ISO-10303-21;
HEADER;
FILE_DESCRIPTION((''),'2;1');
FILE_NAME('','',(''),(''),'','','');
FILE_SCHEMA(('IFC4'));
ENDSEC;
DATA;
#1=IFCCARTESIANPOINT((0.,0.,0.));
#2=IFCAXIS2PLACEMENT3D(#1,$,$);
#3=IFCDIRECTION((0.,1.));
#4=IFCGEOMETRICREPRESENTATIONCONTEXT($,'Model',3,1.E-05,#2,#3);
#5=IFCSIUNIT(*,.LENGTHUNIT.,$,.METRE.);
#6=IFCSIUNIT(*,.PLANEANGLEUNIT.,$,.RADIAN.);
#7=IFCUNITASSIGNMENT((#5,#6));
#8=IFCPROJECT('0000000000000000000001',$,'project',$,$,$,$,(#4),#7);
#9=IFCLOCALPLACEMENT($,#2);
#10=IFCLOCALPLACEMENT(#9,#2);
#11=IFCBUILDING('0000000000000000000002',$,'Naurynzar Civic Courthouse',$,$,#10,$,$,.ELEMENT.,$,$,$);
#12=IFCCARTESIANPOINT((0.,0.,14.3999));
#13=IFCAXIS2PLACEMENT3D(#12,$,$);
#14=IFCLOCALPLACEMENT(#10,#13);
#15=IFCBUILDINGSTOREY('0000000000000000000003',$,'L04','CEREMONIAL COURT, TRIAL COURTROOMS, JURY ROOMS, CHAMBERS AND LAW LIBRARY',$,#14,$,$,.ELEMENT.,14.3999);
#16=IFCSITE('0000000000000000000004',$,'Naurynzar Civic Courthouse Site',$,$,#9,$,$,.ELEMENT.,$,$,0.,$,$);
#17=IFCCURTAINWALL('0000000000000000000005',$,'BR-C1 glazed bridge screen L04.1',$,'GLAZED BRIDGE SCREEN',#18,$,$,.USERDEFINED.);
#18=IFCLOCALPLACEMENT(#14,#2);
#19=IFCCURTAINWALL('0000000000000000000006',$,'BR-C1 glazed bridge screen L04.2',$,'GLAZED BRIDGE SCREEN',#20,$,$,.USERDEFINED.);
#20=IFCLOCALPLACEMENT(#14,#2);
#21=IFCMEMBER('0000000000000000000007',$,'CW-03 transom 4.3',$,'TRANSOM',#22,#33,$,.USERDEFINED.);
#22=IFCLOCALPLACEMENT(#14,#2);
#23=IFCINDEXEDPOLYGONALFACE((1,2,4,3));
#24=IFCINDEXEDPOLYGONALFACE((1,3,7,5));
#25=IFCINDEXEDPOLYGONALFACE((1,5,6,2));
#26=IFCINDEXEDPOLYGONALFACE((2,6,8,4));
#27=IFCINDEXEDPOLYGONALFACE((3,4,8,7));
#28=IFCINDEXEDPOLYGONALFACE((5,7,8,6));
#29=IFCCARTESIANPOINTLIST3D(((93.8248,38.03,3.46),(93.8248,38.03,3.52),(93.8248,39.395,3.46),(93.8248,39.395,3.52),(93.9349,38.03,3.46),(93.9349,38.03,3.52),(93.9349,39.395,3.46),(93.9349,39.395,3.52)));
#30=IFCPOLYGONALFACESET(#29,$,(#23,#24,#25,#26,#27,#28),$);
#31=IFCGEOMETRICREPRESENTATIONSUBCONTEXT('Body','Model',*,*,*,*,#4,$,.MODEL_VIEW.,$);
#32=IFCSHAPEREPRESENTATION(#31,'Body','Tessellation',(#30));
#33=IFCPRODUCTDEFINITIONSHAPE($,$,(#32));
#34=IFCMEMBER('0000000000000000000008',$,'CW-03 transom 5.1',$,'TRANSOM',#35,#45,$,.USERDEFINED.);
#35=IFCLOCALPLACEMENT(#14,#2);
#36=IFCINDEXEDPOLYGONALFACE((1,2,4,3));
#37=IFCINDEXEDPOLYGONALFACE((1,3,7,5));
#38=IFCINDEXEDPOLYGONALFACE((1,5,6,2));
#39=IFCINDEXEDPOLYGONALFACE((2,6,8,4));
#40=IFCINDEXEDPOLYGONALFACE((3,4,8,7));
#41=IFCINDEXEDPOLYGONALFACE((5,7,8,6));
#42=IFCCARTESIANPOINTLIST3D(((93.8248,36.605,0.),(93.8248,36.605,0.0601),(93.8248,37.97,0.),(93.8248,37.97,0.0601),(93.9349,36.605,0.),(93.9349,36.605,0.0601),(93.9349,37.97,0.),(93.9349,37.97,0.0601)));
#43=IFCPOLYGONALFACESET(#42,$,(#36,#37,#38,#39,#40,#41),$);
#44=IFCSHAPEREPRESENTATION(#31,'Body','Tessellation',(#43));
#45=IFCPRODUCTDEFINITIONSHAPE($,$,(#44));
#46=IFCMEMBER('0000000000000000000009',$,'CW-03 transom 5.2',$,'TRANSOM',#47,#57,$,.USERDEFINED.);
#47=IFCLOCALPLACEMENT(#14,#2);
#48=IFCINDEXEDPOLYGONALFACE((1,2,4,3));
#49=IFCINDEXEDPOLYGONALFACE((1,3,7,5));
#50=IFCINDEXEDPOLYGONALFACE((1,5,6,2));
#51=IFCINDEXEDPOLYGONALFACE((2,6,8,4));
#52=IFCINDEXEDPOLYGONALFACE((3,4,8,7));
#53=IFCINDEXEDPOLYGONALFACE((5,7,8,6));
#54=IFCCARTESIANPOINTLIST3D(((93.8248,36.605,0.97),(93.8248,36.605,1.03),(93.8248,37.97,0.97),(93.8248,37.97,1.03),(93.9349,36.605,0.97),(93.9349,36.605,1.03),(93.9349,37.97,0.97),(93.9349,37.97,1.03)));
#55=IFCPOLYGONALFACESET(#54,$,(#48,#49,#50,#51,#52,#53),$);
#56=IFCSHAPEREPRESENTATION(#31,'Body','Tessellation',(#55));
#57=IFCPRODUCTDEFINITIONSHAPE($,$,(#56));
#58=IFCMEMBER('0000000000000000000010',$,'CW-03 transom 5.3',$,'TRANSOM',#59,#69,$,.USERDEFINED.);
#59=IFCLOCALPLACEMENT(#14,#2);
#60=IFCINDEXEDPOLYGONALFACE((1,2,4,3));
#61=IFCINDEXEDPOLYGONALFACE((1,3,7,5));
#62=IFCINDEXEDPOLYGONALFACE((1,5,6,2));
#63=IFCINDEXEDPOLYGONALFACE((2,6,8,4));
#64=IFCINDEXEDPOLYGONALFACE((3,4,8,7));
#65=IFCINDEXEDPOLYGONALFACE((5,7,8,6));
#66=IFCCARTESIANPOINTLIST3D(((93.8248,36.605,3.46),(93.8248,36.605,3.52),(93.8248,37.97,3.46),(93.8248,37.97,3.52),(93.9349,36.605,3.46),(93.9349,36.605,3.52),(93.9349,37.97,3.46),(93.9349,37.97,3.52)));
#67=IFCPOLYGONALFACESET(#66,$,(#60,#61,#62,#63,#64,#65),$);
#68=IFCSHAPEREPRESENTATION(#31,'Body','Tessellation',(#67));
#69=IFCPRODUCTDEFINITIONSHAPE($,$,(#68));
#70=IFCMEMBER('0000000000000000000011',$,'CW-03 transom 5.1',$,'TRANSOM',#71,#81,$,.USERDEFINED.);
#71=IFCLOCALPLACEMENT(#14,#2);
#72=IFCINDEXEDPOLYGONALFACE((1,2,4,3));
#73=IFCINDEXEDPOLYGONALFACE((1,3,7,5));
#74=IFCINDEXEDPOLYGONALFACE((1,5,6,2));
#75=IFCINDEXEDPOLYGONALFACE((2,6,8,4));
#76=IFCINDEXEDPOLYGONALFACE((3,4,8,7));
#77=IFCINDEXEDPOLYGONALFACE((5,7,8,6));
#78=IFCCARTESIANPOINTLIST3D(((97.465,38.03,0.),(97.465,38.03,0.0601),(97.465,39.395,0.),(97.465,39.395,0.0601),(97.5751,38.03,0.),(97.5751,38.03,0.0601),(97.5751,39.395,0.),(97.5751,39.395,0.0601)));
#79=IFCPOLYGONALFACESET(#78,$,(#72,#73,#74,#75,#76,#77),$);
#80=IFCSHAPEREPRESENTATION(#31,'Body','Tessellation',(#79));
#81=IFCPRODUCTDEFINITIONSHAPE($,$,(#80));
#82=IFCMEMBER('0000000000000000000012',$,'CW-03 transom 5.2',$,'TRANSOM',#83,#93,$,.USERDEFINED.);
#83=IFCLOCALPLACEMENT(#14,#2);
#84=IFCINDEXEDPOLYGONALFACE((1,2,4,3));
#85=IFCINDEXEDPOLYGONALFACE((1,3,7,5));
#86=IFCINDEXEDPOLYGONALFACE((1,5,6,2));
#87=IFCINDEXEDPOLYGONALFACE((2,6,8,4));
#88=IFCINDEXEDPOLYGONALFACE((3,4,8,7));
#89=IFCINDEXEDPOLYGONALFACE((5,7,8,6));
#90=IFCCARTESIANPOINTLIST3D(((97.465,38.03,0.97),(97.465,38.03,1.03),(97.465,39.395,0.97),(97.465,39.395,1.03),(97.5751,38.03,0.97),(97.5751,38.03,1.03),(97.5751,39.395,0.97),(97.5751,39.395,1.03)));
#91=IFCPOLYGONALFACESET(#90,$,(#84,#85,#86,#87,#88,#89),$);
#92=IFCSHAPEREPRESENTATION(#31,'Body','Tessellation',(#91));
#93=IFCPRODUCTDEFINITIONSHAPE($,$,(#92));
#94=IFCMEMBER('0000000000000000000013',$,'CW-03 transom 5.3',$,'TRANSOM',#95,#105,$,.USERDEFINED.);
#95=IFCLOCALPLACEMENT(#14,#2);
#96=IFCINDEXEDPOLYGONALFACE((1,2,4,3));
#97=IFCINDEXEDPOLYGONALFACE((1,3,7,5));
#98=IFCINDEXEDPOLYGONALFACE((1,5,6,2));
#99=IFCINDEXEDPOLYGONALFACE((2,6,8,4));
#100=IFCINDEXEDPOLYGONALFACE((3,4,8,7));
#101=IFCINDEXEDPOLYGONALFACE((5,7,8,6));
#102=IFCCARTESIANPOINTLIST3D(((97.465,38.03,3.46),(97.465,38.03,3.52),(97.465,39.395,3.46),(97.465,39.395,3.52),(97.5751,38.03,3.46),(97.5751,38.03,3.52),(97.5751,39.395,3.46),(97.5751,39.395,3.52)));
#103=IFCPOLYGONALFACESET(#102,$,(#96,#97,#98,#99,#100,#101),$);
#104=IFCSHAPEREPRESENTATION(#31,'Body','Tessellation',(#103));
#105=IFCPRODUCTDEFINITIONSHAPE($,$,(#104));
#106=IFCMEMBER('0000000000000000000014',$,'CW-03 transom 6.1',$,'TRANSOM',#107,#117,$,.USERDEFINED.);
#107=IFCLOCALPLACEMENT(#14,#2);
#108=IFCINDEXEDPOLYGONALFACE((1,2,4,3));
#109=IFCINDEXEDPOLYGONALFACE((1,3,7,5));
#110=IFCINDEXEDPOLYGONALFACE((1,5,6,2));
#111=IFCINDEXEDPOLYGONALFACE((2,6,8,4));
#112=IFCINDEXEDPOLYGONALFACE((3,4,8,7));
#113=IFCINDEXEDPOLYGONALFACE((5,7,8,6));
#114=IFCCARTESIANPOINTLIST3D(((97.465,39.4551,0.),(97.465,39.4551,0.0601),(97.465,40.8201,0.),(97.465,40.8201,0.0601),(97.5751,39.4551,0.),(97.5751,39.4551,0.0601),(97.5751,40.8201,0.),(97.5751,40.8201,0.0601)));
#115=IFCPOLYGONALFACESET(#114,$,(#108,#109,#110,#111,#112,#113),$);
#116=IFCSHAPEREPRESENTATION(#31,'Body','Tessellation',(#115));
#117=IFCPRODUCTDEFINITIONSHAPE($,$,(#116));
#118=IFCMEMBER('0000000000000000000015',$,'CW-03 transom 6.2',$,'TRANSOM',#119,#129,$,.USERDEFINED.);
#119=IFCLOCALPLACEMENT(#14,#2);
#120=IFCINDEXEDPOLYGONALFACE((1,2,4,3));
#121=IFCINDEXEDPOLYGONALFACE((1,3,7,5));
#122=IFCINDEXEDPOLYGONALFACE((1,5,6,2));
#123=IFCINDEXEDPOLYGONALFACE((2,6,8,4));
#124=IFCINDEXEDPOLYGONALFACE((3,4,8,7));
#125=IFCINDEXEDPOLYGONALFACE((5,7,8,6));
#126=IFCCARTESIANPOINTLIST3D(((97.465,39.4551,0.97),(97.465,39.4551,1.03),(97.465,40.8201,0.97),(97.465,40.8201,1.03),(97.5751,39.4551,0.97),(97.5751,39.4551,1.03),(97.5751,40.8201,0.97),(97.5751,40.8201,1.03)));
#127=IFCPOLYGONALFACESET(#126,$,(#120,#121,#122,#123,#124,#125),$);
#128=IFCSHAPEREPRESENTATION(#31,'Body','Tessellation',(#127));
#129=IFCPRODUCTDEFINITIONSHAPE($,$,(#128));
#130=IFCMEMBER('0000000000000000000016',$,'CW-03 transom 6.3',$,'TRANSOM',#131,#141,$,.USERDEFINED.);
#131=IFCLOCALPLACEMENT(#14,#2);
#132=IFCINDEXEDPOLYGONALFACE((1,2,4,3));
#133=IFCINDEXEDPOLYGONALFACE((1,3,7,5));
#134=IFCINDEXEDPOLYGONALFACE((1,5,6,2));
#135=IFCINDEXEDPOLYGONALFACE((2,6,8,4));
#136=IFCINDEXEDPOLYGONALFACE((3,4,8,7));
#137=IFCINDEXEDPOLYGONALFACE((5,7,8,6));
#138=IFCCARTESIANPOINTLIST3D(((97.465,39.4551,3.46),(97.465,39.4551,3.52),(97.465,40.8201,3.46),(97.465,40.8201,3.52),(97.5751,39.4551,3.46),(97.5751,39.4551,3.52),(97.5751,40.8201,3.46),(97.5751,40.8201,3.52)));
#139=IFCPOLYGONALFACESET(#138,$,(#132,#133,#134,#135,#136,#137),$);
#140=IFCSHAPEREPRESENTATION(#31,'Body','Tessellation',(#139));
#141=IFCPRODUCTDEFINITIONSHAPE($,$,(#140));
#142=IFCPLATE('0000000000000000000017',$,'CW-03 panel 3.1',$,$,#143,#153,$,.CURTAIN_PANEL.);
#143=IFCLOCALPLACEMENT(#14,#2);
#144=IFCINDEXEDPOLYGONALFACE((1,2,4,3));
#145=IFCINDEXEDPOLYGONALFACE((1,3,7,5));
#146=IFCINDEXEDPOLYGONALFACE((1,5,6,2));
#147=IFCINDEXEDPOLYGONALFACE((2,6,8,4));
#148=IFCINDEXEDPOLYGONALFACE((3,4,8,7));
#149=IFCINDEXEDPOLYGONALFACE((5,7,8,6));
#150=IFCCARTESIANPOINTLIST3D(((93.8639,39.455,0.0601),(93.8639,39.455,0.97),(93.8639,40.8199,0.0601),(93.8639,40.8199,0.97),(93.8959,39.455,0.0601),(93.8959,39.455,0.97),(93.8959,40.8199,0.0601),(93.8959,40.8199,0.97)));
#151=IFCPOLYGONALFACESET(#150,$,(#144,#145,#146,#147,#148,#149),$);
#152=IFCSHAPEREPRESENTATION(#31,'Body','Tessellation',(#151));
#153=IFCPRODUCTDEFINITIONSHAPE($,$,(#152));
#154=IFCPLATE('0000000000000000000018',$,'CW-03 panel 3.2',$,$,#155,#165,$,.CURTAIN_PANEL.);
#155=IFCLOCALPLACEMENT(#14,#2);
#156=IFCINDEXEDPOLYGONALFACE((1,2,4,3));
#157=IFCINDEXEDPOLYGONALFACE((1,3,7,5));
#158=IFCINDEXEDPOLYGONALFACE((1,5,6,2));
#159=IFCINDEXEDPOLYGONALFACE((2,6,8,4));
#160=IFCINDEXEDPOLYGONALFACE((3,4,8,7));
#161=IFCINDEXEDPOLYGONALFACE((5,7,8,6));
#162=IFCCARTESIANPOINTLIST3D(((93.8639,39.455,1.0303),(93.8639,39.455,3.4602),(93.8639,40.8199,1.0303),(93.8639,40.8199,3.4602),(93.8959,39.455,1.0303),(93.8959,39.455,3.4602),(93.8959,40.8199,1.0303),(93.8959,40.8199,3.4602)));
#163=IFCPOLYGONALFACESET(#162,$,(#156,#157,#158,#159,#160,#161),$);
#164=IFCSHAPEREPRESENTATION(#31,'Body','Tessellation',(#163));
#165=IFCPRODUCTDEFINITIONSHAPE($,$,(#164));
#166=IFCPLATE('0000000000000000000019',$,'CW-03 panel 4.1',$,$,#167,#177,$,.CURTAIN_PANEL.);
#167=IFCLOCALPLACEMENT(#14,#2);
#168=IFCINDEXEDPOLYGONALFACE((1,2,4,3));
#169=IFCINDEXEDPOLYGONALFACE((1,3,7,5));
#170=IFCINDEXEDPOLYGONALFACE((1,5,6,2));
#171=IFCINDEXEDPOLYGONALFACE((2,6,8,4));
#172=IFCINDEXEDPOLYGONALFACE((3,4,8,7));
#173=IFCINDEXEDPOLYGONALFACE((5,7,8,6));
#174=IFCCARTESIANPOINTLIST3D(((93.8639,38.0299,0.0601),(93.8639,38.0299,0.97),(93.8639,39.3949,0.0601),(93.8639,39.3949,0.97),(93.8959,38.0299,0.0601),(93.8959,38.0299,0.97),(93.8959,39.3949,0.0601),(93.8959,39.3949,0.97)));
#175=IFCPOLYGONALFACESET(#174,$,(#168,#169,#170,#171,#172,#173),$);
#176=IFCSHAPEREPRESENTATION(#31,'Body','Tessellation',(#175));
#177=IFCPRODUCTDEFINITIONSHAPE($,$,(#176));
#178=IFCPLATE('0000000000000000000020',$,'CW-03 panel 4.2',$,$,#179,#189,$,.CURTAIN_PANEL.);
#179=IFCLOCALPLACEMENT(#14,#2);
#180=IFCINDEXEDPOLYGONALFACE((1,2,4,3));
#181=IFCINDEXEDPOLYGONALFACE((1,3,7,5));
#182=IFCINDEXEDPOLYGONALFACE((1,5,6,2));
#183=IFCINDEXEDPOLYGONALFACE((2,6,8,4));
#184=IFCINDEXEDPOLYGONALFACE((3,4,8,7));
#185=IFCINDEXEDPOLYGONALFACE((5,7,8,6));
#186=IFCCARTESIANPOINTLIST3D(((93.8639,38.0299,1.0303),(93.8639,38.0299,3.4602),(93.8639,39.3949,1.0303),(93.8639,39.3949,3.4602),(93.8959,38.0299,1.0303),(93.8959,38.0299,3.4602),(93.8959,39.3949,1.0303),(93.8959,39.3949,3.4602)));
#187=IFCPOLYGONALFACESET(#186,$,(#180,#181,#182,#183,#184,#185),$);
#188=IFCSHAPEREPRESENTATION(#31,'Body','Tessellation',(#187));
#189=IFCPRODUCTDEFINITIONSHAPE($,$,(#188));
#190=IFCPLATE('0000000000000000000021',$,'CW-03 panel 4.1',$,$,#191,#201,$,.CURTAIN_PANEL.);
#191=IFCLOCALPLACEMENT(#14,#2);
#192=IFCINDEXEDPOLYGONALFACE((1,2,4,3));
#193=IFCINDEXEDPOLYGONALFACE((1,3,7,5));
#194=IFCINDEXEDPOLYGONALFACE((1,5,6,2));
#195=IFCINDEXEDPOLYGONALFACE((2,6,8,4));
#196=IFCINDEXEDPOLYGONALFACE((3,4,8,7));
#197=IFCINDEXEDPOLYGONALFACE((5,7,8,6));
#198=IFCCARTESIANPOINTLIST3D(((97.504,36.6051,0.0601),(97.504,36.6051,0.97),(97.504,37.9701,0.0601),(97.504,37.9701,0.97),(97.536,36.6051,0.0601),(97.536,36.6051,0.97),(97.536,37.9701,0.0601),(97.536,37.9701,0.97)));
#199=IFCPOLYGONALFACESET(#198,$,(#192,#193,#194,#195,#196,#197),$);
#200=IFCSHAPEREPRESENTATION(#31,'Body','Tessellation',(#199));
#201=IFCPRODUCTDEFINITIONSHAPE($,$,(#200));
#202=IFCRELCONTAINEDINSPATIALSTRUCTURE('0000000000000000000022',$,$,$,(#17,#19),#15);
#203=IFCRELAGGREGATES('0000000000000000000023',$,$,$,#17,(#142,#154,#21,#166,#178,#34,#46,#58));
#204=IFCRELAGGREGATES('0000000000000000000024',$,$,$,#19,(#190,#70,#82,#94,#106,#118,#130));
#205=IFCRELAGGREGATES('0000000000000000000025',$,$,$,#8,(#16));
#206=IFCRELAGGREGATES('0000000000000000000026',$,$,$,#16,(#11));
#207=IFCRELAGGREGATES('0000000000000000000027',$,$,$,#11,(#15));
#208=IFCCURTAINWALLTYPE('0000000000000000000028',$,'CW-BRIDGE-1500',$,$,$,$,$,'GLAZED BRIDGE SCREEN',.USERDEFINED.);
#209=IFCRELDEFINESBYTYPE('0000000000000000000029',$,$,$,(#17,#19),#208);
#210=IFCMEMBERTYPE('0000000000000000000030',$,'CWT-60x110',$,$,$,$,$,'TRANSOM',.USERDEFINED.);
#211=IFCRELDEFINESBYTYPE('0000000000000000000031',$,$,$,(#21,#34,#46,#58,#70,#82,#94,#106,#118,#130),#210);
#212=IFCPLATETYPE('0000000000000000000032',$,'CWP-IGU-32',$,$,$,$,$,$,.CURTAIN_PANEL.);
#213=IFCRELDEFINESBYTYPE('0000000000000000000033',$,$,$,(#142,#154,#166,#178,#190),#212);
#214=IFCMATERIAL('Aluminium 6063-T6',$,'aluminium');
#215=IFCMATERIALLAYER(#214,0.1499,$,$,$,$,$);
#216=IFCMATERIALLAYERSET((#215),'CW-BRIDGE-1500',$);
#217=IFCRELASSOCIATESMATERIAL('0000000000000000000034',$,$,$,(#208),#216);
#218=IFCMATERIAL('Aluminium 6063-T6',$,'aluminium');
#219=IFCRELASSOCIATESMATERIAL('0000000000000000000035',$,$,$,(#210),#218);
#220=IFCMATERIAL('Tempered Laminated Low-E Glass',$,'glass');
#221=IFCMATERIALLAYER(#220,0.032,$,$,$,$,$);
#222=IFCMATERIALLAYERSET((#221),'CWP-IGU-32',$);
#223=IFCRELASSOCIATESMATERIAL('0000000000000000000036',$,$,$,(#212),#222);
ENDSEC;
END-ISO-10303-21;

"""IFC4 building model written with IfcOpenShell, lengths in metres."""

from ifc_helpers import new_model, si_unit, direction, frame, origin, origin_2d, place, context, subcontext, project, spatial, rectangle, extrude, material, layer, layer_set, material_profile, profile_set, type_object, element, aggregate, save


model = new_model("IFC4")

# Units and contexts
model_context = context("Model", 3, precision=1e-05, world=origin(), true_north=direction((0.0, 1.0)))
body_context = subcontext(model_context, "Body", "Model", "MODEL_VIEW")
ifc_project = project(units=[si_unit("LENGTHUNIT", "METRE"), si_unit("PLANEANGLEUNIT", "RADIAN")], contexts=[model_context])

# Site, building, storey
site_placement = place(None, origin())
site = spatial("IfcSite", under=ifc_project, at=site_placement, Name="Naurynzar Civic Courthouse Site", CompositionType="ELEMENT", RefElevation=0.0)
building_placement = place(site_placement, origin())
building = spatial("IfcBuilding", under=site, at=building_placement, Name="Naurynzar Civic Courthouse", CompositionType="ELEMENT")
storey_placement = place(building_placement, frame((0.0, 0.0, 14.3999)))
storey = spatial("IfcBuildingStorey", under=building, at=storey_placement, Name="L04", Description="CEREMONIAL COURT, TRIAL COURTROOMS, JURY ROOMS, CHAMBERS AND LAW LIBRARY", CompositionType="ELEMENT", Elevation=14.3999)

# Curtain walls
ifc_material_1 = material(Name="Aluminium 6063-T6", Category="aluminium")
ifc_layer_1 = layer(ifc_material_1, 0.1499)
ifc_layer_set_1 = layer_set([ifc_layer_1], Name="CW-BRIDGE-1500")
curtain_wall_type = type_object("IfcCurtainWallType", Name="CW-BRIDGE-1500", ElementType="GLAZED BRIDGE SCREEN", PredefinedType="USERDEFINED", material=ifc_layer_set_1)
curtain_wall_1_placement = place(storey_placement, origin())
curtain_wall_1 = element("IfcCurtainWall", 1, at=curtain_wall_1_placement, inside=storey, type_object=curtain_wall_type, Name="BR-C1 glazed bridge screen L04.1", ObjectType="GLAZED BRIDGE SCREEN", PredefinedType="USERDEFINED")
curtain_wall_2_placement = place(storey_placement, origin())
curtain_wall_2 = element("IfcCurtainWall", 2, at=curtain_wall_2_placement, inside=storey, type_object=curtain_wall_type, Name="BR-C1 glazed bridge screen L04.2", ObjectType="GLAZED BRIDGE SCREEN", PredefinedType="USERDEFINED")

# Members
ifc_material_2 = material(Name="Aluminium 6063-T6", Category="aluminium")
ifc_material_profile_1 = material_profile(ifc_material_2, rectangle(XDim=0.1101, YDim=0.0601, at=origin_2d()), Name="ALU TRANSOM 60x110")
ifc_profile_set_1 = profile_set([ifc_material_profile_1], Name="Aluminium 6063-T6")
member_type_1 = type_object("IfcMemberType", Name="CWT-60x110", ElementType="TRANSOM", PredefinedType="USERDEFINED", material=ifc_profile_set_1)
member_1_placement = place(storey_placement, frame((93.8799, 39.395, 3.49), z_axis=(0.0, -1.0, 0.0), x_axis=(1.0, 0.0, 0.0)))
member_1 = element("IfcMember", 3, at=member_1_placement, type_object=member_type_1, Name="CW-03 transom 4.3", ObjectType="TRANSOM", PredefinedType="USERDEFINED", context=body_context, shape_type="SweptSolid", body=[
    extrude(rectangle(XDim=0.1101, YDim=0.0601, at=origin_2d()), origin(), (0.0, 0.0, 1.0), 1.365),
])
member_2_placement = place(storey_placement, frame((93.8799, 37.97, 0.03), z_axis=(0.0, -1.0, 0.0), x_axis=(1.0, 0.0, 0.0)))
member_2 = element("IfcMember", 4, at=member_2_placement, type_object=member_type_1, Name="CW-03 transom 5.1", ObjectType="TRANSOM", PredefinedType="USERDEFINED", context=body_context, shape_type="SweptSolid", body=[
    extrude(rectangle(XDim=0.1101, YDim=0.0601, at=origin_2d()), origin(), (0.0, 0.0, 1.0), 1.365),
])
member_3_placement = place(storey_placement, frame((93.8799, 37.97, 1.0), z_axis=(0.0, -1.0, 0.0), x_axis=(1.0, 0.0, 0.0)))
member_3 = element("IfcMember", 5, at=member_3_placement, type_object=member_type_1, Name="CW-03 transom 5.2", ObjectType="TRANSOM", PredefinedType="USERDEFINED", context=body_context, shape_type="SweptSolid", body=[
    extrude(rectangle(XDim=0.1101, YDim=0.0601, at=origin_2d()), origin(), (0.0, 0.0, 1.0), 1.365),
])
member_4_placement = place(storey_placement, frame((93.8799, 37.97, 3.49), z_axis=(0.0, -1.0, 0.0), x_axis=(1.0, 0.0, 0.0)))
member_4 = element("IfcMember", 6, at=member_4_placement, type_object=member_type_1, Name="CW-03 transom 5.3", ObjectType="TRANSOM", PredefinedType="USERDEFINED", context=body_context, shape_type="SweptSolid", body=[
    extrude(rectangle(XDim=0.1101, YDim=0.0601, at=origin_2d()), origin(), (0.0, 0.0, 1.0), 1.365),
])
member_5_placement = place(storey_placement, frame((97.52, 38.03, 0.03), z_axis=(0.0, 1.0, 0.0), x_axis=(-1.0, 0.0, 0.0)))
member_5 = element("IfcMember", 7, at=member_5_placement, type_object=member_type_1, Name="CW-03 transom 5.1", ObjectType="TRANSOM", PredefinedType="USERDEFINED", context=body_context, shape_type="SweptSolid", body=[
    extrude(rectangle(XDim=0.1101, YDim=0.0601, at=origin_2d()), origin(), (0.0, 0.0, 1.0), 1.365),
])
member_6_placement = place(storey_placement, frame((97.52, 38.03, 1.0), z_axis=(0.0, 1.0, 0.0), x_axis=(-1.0, 0.0, 0.0)))
member_6 = element("IfcMember", 8, at=member_6_placement, type_object=member_type_1, Name="CW-03 transom 5.2", ObjectType="TRANSOM", PredefinedType="USERDEFINED", context=body_context, shape_type="SweptSolid", body=[
    extrude(rectangle(XDim=0.1101, YDim=0.0601, at=origin_2d()), origin(), (0.0, 0.0, 1.0), 1.365),
])
member_7_placement = place(storey_placement, frame((97.52, 38.03, 3.49), z_axis=(0.0, 1.0, 0.0), x_axis=(-1.0, 0.0, 0.0)))
member_7 = element("IfcMember", 9, at=member_7_placement, type_object=member_type_1, Name="CW-03 transom 5.3", ObjectType="TRANSOM", PredefinedType="USERDEFINED", context=body_context, shape_type="SweptSolid", body=[
    extrude(rectangle(XDim=0.1101, YDim=0.0601, at=origin_2d()), origin(), (0.0, 0.0, 1.0), 1.365),
])
member_8_placement = place(storey_placement, frame((97.52, 39.4551, 0.03), z_axis=(0.0, 1.0, 0.0), x_axis=(-1.0, 0.0, 0.0)))
member_8 = element("IfcMember", 10, at=member_8_placement, type_object=member_type_1, Name="CW-03 transom 6.1", ObjectType="TRANSOM", PredefinedType="USERDEFINED", context=body_context, shape_type="SweptSolid", body=[
    extrude(rectangle(XDim=0.1101, YDim=0.0601, at=origin_2d()), origin(), (0.0, 0.0, 1.0), 1.365),
])
member_9_placement = place(storey_placement, frame((97.52, 39.4551, 1.0), z_axis=(0.0, 1.0, 0.0), x_axis=(-1.0, 0.0, 0.0)))
member_9 = element("IfcMember", 11, at=member_9_placement, type_object=member_type_1, Name="CW-03 transom 6.2", ObjectType="TRANSOM", PredefinedType="USERDEFINED", context=body_context, shape_type="SweptSolid", body=[
    extrude(rectangle(XDim=0.1101, YDim=0.0601, at=origin_2d()), origin(), (0.0, 0.0, 1.0), 1.365),
])
member_10_placement = place(storey_placement, frame((97.52, 39.4551, 3.49), z_axis=(0.0, 1.0, 0.0), x_axis=(-1.0, 0.0, 0.0)))
member_10 = element("IfcMember", 12, at=member_10_placement, type_object=member_type_1, Name="CW-03 transom 6.3", ObjectType="TRANSOM", PredefinedType="USERDEFINED", context=body_context, shape_type="SweptSolid", body=[
    extrude(rectangle(XDim=0.1101, YDim=0.0601, at=origin_2d()), origin(), (0.0, 0.0, 1.0), 1.365),
])

# Plates
ifc_material_3 = material(Name="Tempered Laminated Low-E Glass", Category="glass")
ifc_layer_2 = layer(ifc_material_3, 0.032)
ifc_layer_set_2 = layer_set([ifc_layer_2], Name="CWP-IGU-32")
plate_type = type_object("IfcPlateType", Name="CWP-IGU-32", PredefinedType="CURTAIN_PANEL", material=ifc_layer_set_2)
plate_1_placement = place(storey_placement, frame((93.8799, 40.1375, 0.0601), z_axis=(0.0, 0.0, 1.0), x_axis=(0.0, -1.0, 0.0)))
plate_1 = element("IfcPlate", 13, at=plate_1_placement, type_object=plate_type, Name="CW-03 panel 3.1", PredefinedType="CURTAIN_PANEL", context=body_context, shape_type="SweptSolid", body=[
    extrude(rectangle(XDim=1.365, YDim=0.032, at=origin_2d()), origin(), (0.0, 0.0, 1.0), 0.9099),
])
plate_2_placement = place(storey_placement, frame((93.8799, 40.1375, 1.0303), z_axis=(0.0, 0.0, 1.0), x_axis=(0.0, -1.0, 0.0)))
plate_2 = element("IfcPlate", 14, at=plate_2_placement, type_object=plate_type, Name="CW-03 panel 3.2", PredefinedType="CURTAIN_PANEL", context=body_context, shape_type="SweptSolid", body=[
    extrude(rectangle(XDim=1.365, YDim=0.032, at=origin_2d()), origin(), (0.0, 0.0, 1.0), 2.4299),
])
plate_3_placement = place(storey_placement, frame((93.8799, 38.7124, 0.0601), z_axis=(0.0, 0.0, 1.0), x_axis=(0.0, -1.0, 0.0)))
plate_3 = element("IfcPlate", 15, at=plate_3_placement, type_object=plate_type, Name="CW-03 panel 4.1", PredefinedType="CURTAIN_PANEL", context=body_context, shape_type="SweptSolid", body=[
    extrude(rectangle(XDim=1.365, YDim=0.032, at=origin_2d()), origin(), (0.0, 0.0, 1.0), 0.9099),
])
plate_4_placement = place(storey_placement, frame((93.8799, 38.7124, 1.0303), z_axis=(0.0, 0.0, 1.0), x_axis=(0.0, -1.0, 0.0)))
plate_4 = element("IfcPlate", 16, at=plate_4_placement, type_object=plate_type, Name="CW-03 panel 4.2", PredefinedType="CURTAIN_PANEL", context=body_context, shape_type="SweptSolid", body=[
    extrude(rectangle(XDim=1.365, YDim=0.032, at=origin_2d()), origin(), (0.0, 0.0, 1.0), 2.4299),
])
aggregate(curtain_wall_1, [plate_1, plate_2, member_1, plate_3, plate_4, member_2, member_3, member_4])
plate_5_placement = place(storey_placement, frame((97.52, 37.2876, 0.0601), z_axis=(0.0, 0.0, 1.0), x_axis=(0.0, 1.0, 0.0)))
plate_5 = element("IfcPlate", 17, at=plate_5_placement, type_object=plate_type, Name="CW-03 panel 4.1", PredefinedType="CURTAIN_PANEL", context=body_context, shape_type="SweptSolid", body=[
    extrude(rectangle(XDim=1.365, YDim=0.032, at=origin_2d()), origin(), (0.0, 0.0, 1.0), 0.9099),
])
aggregate(curtain_wall_2, [plate_5, member_5, member_6, member_7, member_8, member_9, member_10])

save(model, "model.ifc")
